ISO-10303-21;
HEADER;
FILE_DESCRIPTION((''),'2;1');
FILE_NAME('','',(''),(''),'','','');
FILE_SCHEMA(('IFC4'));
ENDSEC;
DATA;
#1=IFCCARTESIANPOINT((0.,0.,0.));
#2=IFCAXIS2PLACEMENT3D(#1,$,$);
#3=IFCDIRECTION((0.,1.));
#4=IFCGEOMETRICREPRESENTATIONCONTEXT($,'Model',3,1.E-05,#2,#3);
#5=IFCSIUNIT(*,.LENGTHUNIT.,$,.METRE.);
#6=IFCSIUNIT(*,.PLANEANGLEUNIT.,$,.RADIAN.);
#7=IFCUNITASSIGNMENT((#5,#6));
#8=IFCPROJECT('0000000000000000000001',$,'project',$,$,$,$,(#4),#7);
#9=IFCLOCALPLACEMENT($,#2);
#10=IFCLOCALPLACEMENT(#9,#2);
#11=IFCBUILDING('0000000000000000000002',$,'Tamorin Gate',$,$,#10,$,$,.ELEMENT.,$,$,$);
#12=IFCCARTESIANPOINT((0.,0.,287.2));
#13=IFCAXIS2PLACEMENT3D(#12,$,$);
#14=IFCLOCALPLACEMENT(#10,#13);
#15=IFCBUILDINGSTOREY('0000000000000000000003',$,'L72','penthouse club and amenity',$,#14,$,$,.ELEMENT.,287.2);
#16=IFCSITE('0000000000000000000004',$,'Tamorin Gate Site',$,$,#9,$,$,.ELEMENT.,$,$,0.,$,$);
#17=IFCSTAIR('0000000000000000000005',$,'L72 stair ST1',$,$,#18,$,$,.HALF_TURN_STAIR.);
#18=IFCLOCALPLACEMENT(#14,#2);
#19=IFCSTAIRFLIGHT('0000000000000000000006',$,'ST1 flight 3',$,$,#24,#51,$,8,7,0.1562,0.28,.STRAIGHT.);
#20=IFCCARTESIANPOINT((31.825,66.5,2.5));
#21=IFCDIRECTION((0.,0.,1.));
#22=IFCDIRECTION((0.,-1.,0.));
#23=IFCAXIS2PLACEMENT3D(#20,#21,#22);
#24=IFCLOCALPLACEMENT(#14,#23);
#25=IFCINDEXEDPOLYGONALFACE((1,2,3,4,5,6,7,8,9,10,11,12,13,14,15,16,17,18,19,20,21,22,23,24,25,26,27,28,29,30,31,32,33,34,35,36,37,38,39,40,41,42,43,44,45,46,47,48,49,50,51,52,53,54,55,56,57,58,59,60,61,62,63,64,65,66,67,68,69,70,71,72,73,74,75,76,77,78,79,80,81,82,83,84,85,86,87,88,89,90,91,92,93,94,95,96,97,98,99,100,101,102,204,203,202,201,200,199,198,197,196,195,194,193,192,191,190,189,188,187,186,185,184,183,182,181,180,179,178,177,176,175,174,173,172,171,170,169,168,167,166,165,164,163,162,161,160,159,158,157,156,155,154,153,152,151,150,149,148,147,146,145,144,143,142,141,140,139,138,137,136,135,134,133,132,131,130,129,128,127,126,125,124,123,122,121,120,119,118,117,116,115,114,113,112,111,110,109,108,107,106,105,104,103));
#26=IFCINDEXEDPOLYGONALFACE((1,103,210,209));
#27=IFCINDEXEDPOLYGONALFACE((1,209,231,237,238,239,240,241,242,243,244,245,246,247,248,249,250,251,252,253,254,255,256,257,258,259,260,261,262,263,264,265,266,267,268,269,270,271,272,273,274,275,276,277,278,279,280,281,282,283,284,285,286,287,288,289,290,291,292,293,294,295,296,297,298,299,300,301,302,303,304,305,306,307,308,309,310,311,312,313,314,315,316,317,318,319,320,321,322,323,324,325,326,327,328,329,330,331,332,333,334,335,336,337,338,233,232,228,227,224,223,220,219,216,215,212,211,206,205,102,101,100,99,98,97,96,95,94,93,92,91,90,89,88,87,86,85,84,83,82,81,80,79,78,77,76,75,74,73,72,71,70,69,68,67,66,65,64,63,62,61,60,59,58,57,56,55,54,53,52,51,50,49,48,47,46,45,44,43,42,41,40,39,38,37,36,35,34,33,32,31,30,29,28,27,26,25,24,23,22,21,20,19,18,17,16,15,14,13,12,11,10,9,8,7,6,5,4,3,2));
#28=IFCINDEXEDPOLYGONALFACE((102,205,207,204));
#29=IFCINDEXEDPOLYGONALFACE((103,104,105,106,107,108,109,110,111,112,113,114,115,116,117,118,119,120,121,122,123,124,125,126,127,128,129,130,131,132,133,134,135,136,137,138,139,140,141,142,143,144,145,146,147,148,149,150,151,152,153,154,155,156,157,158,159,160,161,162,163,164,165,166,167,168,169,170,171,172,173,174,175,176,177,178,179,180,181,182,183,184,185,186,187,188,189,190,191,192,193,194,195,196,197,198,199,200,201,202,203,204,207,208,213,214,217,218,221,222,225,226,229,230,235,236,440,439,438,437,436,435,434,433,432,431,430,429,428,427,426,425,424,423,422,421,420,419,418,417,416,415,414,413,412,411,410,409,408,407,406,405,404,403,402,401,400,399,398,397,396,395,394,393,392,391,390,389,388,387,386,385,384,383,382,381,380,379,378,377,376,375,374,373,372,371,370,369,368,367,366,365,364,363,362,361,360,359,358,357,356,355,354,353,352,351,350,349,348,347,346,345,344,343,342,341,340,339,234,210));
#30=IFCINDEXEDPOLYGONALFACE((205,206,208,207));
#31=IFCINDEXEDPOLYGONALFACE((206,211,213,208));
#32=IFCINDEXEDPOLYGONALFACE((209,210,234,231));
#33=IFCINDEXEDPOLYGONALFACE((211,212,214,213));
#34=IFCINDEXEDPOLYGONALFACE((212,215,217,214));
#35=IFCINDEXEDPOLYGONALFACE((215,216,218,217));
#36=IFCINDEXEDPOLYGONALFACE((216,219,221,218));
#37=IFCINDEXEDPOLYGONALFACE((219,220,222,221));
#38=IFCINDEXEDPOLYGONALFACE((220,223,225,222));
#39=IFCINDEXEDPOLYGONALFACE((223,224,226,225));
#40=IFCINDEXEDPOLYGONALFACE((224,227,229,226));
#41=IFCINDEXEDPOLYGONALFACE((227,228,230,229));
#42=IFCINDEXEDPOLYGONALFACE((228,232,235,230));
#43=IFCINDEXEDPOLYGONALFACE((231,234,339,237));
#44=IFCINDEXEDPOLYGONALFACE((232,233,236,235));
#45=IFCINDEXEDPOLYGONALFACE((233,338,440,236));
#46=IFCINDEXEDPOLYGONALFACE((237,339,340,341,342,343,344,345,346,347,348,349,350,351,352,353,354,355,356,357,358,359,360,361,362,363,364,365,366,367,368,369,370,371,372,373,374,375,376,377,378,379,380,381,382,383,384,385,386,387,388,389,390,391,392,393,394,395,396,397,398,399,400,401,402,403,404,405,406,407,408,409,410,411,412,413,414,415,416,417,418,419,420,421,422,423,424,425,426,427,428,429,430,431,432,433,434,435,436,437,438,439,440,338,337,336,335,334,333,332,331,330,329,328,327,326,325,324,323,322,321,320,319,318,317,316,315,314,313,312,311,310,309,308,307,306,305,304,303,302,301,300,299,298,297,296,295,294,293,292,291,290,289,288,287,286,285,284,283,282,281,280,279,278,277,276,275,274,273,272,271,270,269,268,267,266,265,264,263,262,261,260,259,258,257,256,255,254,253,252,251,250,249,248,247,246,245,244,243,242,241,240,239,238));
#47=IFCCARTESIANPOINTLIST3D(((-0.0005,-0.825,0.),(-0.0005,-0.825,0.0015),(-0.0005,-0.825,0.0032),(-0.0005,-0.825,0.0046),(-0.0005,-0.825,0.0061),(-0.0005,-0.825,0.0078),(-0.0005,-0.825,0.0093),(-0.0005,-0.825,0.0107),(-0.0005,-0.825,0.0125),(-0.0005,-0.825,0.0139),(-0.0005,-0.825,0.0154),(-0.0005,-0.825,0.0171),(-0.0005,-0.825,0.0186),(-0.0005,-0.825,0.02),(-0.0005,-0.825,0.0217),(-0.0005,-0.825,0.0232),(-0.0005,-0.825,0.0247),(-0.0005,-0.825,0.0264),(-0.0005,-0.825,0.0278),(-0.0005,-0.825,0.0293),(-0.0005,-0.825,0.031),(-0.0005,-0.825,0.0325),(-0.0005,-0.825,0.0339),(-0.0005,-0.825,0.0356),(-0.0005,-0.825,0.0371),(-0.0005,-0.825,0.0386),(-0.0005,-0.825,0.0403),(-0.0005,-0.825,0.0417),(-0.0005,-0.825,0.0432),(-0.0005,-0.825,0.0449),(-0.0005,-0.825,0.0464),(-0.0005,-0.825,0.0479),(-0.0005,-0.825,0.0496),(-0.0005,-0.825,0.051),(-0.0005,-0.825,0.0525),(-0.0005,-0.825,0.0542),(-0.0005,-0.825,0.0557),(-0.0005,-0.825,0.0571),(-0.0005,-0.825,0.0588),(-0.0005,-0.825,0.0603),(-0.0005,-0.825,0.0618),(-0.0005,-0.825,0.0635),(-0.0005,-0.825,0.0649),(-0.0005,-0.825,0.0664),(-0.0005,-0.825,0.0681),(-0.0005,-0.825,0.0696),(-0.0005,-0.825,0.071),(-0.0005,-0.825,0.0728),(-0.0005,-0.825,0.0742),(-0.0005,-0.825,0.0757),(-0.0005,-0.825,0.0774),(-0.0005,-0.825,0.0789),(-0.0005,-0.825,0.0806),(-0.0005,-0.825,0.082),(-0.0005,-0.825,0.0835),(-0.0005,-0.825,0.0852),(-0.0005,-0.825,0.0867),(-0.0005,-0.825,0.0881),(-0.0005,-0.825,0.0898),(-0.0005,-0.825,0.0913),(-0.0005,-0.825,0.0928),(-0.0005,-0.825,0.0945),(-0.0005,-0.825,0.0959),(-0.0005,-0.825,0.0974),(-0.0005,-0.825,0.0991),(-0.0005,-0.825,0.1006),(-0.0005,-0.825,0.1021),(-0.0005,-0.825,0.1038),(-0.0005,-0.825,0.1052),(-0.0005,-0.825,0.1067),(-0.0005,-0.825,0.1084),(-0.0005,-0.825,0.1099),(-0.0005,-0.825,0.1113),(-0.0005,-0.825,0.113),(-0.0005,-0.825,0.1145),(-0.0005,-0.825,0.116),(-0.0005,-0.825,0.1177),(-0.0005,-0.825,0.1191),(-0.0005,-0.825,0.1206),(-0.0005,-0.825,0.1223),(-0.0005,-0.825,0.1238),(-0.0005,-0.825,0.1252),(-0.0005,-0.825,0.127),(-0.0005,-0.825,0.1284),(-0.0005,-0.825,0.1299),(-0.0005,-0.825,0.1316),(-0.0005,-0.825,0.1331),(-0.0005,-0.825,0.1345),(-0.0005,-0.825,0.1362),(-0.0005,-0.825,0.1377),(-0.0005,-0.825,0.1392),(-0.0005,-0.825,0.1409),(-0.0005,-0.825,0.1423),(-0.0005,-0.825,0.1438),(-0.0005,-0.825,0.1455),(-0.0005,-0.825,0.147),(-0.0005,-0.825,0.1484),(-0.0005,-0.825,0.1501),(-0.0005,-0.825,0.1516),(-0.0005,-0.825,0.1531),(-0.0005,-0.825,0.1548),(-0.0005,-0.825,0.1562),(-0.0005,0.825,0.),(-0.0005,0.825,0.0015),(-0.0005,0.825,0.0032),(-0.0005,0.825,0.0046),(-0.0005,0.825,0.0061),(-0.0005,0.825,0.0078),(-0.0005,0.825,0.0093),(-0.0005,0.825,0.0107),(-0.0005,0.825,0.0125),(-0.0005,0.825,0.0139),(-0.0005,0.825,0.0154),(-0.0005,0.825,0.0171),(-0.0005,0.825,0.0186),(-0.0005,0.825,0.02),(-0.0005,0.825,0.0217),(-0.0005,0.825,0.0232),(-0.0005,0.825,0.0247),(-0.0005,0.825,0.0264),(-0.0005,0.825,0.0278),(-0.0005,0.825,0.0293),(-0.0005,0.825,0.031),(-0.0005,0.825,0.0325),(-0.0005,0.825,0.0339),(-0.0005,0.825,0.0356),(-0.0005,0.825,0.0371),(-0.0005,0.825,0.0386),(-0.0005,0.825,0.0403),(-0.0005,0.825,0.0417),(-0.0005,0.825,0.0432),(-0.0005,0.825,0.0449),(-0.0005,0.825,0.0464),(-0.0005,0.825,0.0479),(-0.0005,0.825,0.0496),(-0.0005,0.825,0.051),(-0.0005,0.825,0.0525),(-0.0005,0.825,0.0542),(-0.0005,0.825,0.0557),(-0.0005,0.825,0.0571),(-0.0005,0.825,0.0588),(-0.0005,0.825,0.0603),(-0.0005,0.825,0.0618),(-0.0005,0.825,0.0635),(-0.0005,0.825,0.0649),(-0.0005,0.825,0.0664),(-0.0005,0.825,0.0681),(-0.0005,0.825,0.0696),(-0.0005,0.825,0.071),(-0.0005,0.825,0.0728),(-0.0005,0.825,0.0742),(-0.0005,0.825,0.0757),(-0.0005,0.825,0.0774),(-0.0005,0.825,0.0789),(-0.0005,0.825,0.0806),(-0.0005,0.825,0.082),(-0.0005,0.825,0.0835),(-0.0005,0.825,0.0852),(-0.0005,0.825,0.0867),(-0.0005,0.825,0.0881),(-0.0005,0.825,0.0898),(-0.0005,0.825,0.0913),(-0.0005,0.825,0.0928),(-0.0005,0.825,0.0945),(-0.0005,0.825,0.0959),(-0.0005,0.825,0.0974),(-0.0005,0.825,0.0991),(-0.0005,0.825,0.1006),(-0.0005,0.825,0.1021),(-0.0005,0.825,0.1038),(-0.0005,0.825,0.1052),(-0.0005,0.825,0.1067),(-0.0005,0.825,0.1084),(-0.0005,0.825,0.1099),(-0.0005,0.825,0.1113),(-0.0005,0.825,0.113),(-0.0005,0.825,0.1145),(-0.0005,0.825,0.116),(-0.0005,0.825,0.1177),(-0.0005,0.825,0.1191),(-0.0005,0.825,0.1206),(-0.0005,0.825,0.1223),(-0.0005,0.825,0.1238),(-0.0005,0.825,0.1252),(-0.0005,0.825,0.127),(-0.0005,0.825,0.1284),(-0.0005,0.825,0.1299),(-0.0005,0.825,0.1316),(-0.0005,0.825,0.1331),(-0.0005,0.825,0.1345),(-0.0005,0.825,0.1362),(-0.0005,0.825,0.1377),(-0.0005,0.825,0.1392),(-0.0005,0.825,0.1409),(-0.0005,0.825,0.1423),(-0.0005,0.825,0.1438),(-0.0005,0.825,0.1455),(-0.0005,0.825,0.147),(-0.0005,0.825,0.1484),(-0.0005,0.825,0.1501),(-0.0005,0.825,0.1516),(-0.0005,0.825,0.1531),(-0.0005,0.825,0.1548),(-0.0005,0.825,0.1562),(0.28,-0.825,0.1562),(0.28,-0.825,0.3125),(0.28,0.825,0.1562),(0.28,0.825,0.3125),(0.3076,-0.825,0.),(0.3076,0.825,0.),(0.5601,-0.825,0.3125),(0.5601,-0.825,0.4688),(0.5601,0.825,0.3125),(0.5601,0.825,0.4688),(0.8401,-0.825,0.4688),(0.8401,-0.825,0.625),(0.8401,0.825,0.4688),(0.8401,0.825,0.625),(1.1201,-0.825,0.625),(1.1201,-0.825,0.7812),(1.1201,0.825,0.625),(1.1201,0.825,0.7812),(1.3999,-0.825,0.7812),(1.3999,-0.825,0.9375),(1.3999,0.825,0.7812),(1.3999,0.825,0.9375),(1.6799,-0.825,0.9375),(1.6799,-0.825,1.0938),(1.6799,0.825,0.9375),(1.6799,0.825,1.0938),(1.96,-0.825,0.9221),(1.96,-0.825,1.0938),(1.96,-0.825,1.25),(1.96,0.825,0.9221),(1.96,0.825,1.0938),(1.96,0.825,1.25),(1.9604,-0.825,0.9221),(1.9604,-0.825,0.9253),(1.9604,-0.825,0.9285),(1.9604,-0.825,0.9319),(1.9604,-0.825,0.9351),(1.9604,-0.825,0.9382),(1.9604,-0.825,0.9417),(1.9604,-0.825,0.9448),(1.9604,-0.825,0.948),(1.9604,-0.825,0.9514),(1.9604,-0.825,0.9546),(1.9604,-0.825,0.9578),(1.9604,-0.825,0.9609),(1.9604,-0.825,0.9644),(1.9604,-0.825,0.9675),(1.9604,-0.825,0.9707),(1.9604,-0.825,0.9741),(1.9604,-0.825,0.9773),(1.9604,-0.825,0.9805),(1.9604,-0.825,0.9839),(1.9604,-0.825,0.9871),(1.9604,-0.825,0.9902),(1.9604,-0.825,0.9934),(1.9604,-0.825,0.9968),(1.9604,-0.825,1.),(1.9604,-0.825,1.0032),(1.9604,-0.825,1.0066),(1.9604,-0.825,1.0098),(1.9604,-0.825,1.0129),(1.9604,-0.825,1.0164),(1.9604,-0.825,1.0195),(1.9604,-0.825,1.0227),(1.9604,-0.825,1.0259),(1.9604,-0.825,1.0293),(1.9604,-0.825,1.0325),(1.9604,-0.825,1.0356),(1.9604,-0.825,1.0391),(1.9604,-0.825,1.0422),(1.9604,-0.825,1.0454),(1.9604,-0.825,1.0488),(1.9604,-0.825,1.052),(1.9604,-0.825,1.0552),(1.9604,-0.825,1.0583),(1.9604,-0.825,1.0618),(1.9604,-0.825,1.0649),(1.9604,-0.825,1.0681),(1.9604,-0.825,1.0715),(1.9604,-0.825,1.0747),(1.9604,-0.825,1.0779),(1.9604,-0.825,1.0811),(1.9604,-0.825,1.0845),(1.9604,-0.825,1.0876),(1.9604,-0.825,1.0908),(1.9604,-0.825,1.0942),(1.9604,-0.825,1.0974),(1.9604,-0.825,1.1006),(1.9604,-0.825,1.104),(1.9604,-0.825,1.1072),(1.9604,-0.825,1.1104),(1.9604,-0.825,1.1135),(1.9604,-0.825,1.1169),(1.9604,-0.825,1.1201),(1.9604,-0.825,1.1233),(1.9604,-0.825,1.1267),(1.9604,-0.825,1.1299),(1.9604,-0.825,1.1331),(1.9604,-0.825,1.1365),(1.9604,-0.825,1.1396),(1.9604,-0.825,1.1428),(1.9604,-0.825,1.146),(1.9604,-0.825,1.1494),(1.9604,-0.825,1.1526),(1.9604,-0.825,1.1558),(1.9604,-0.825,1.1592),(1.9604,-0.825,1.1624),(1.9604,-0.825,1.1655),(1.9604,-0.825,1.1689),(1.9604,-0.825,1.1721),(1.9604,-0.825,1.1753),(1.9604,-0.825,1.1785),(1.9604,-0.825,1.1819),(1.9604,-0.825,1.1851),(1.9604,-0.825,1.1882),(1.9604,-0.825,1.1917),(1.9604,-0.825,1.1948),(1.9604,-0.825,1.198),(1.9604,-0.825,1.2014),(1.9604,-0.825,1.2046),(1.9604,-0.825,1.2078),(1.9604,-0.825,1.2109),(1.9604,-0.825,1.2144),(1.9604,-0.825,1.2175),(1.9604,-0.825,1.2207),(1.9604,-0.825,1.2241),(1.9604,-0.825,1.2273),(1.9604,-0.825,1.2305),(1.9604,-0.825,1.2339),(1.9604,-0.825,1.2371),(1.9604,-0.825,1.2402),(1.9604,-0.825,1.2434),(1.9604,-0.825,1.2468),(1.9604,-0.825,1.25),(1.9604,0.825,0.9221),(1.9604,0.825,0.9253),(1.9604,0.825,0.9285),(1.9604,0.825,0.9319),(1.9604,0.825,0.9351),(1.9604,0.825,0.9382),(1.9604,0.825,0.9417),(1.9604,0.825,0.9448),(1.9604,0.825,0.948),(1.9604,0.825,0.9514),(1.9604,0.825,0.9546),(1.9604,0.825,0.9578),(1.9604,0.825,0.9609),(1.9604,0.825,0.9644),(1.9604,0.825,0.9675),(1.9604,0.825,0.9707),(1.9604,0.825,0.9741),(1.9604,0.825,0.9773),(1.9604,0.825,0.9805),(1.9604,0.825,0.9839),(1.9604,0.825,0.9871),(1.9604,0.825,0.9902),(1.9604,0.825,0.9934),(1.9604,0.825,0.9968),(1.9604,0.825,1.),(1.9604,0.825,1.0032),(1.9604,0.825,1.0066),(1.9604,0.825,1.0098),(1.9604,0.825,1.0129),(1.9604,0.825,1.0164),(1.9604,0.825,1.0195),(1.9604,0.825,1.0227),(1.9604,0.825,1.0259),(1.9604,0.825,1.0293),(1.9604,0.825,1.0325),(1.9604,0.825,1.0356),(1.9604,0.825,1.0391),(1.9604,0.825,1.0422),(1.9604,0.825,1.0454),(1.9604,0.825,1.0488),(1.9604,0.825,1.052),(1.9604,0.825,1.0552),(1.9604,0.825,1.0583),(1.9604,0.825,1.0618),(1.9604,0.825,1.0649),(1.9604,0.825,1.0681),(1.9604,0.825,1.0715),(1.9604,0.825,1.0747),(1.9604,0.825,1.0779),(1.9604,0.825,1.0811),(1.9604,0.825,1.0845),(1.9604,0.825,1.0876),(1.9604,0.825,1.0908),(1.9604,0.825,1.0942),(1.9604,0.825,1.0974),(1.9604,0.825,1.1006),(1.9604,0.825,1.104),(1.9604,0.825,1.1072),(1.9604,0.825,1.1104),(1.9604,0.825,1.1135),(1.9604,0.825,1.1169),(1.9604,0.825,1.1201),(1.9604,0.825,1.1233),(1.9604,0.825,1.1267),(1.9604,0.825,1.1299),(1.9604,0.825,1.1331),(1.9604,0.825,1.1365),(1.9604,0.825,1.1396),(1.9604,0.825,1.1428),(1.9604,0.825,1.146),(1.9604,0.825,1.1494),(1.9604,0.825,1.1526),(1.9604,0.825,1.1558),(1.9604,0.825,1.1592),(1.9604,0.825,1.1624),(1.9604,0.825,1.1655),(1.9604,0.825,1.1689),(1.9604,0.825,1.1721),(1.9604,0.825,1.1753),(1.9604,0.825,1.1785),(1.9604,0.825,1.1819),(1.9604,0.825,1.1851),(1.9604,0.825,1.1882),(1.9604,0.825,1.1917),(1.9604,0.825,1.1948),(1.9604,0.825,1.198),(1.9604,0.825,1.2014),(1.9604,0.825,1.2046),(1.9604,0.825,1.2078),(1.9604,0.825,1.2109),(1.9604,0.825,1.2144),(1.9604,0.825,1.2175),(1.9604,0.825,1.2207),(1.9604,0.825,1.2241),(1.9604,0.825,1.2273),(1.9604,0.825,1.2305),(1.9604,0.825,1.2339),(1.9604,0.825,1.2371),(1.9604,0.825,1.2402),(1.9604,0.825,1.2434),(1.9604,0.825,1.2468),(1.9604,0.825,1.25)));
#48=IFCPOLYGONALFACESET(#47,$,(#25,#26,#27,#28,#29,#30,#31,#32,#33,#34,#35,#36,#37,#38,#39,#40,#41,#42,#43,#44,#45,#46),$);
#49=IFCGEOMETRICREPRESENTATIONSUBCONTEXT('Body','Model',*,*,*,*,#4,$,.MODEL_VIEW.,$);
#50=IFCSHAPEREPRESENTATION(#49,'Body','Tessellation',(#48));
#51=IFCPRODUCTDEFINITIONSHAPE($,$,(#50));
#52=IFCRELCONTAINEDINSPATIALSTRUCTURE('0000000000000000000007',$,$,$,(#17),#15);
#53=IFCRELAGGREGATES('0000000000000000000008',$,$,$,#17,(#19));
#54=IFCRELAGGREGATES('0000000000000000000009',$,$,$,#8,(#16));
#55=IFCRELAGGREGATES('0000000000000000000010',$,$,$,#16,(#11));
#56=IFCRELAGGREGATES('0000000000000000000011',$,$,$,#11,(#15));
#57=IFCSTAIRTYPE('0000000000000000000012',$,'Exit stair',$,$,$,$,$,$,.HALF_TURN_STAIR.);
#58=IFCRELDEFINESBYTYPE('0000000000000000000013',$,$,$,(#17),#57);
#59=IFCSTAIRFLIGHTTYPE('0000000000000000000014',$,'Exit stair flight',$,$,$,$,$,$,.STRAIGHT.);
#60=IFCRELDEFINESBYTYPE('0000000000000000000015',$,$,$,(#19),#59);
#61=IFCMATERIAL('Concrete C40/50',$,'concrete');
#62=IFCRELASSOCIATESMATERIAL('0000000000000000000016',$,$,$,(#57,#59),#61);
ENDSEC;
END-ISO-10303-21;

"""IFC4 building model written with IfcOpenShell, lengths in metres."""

from ifc_helpers import new_model, si_unit, direction, frame, origin, place, context, subcontext, project, spatial, polyline, outline, extrude, material, type_object, element, aggregate, save


model = new_model("IFC4")

# Units and contexts
model_context = context("Model", 3, precision=1e-05, world=origin(), true_north=direction((0.0, 1.0)))
body_context = subcontext(model_context, "Body", "Model", "MODEL_VIEW")
ifc_project = project(units=[si_unit("LENGTHUNIT", "METRE"), si_unit("PLANEANGLEUNIT", "RADIAN")], contexts=[model_context])

# Site, building, storey
site_placement = place(None, origin())
site = spatial("IfcSite", under=ifc_project, at=site_placement, Name="Tamorin Gate Site", CompositionType="ELEMENT", RefElevation=0.0)
building_placement = place(site_placement, origin())
building = spatial("IfcBuilding", under=site, at=building_placement, Name="Tamorin Gate", CompositionType="ELEMENT")
storey_placement = place(building_placement, frame((0.0, 0.0, 287.2)))
storey = spatial("IfcBuildingStorey", under=building, at=storey_placement, Name="L72", Description="penthouse club and amenity", CompositionType="ELEMENT", Elevation=287.2)

# Stair, stair flight
ifc_material_1 = material(Name="Concrete C40/50", Category="concrete")
stair_type = type_object("IfcStairType", Name="Exit stair", PredefinedType="HALF_TURN_STAIR", material=ifc_material_1)
stair_placement = place(storey_placement, origin())
stair = element("IfcStair", 1, at=stair_placement, inside=storey, type_object=stair_type, Name="L72 stair ST1", PredefinedType="HALF_TURN_STAIR")
stair_flight_type = type_object("IfcStairFlightType", Name="Exit stair flight", PredefinedType="STRAIGHT", material=ifc_material_1)
stair_flight_1_placement = place(storey_placement, frame((31.825, 66.5, 2.5), z_axis=(0.0, 0.0, 1.0), x_axis=(0.0, -1.0, 0.0)))
stair_flight_1 = element("IfcStairFlight", 2, at=stair_flight_1_placement, type_object=stair_flight_type, Name="ST1 flight 3", NumberOfRisers=8, NumberOfTreads=7, PredefinedType="STRAIGHT", RiserHeight=0.1562, TreadLength=0.28, context=body_context, shape_type="SweptSolid", body=[
    extrude(outline(polyline([(-0.0005, 0.0), (-0.0005, 0.0015), (-0.0005, 0.0032), (-0.0005, 0.0046), (-0.0005, 0.0061), (-0.0005, 0.0078), (-0.0005, 0.0093), (-0.0005, 0.0107), (-0.0005, 0.0125), (-0.0005, 0.0139), (-0.0005, 0.0154), (-0.0005, 0.0171), (-0.0005, 0.0186), (-0.0005, 0.02), (-0.0005, 0.0217), (-0.0005, 0.0232), (-0.0005, 0.0247), (-0.0005, 0.0264), (-0.0005, 0.0278), (-0.0005, 0.0293), (-0.0005, 0.031), (-0.0005, 0.0325), (-0.0005, 0.0339), (-0.0005, 0.0356), (-0.0005, 0.0371), (-0.0005, 0.0386), (-0.0005, 0.0403), (-0.0005, 0.0417), (-0.0005, 0.0432), (-0.0005, 0.0449), (-0.0005, 0.0464), (-0.0005, 0.0479), (-0.0005, 0.0496), (-0.0005, 0.051), (-0.0005, 0.0525), (-0.0005, 0.0542), (-0.0005, 0.0557), (-0.0005, 0.0571), (-0.0005, 0.0588), (-0.0005, 0.0603), (-0.0005, 0.0618), (-0.0005, 0.0635), (-0.0005, 0.0649), (-0.0005, 0.0664), (-0.0005, 0.0681), (-0.0005, 0.0696), (-0.0005, 0.071), (-0.0005, 0.0728), (-0.0005, 0.0742), (-0.0005, 0.0757), (-0.0005, 0.0774), (-0.0005, 0.0789), (-0.0005, 0.0806), (-0.0005, 0.082), (-0.0005, 0.0835), (-0.0005, 0.0852), (-0.0005, 0.0867), (-0.0005, 0.0881), (-0.0005, 0.0898), (-0.0005, 0.0913), (-0.0005, 0.0928), (-0.0005, 0.0945), (-0.0005, 0.0959), (-0.0005, 0.0974), (-0.0005, 0.0991), (-0.0005, 0.1006), (-0.0005, 0.1021), (-0.0005, 0.1038), (-0.0005, 0.1052), (-0.0005, 0.1067), (-0.0005, 0.1084), (-0.0005, 0.1099), (-0.0005, 0.1113), (-0.0005, 0.113), (-0.0005, 0.1145), (-0.0005, 0.116), (-0.0005, 0.1177), (-0.0005, 0.1191), (-0.0005, 0.1206), (-0.0005, 0.1223), (-0.0005, 0.1238), (-0.0005, 0.1252), (-0.0005, 0.127), (-0.0005, 0.1284), (-0.0005, 0.1299), (-0.0005, 0.1316), (-0.0005, 0.1331), (-0.0005, 0.1345), (-0.0005, 0.1362), (-0.0005, 0.1377), (-0.0005, 0.1392), (-0.0005, 0.1409), (-0.0005, 0.1423), (-0.0005, 0.1438), (-0.0005, 0.1455), (-0.0005, 0.147), (-0.0005, 0.1484), (-0.0005, 0.1501), (-0.0005, 0.1516), (-0.0005, 0.1531), (-0.0005, 0.1548), (-0.0005, 0.1562), (0.28, 0.1562), (0.28, 0.3125), (0.5601, 0.3125), (0.5601, 0.4688), (0.8401, 0.4688), (0.8401, 0.625), (1.1201, 0.625), (1.1201, 0.7812), (1.3999, 0.7812), (1.3999, 0.9375), (1.6799, 0.9375), (1.6799, 1.0938), (1.96, 1.0938), (1.96, 1.25), (1.9604, 1.25), (1.9604, 1.2468), (1.9604, 1.2434), (1.9604, 1.2402), (1.9604, 1.2371), (1.9604, 1.2339), (1.9604, 1.2305), (1.9604, 1.2273), (1.9604, 1.2241), (1.9604, 1.2207), (1.9604, 1.2175), (1.9604, 1.2144), (1.9604, 1.2109), (1.9604, 1.2078), (1.9604, 1.2046), (1.9604, 1.2014), (1.9604, 1.198), (1.9604, 1.1948), (1.9604, 1.1917), (1.9604, 1.1882), (1.9604, 1.1851), (1.9604, 1.1819), (1.9604, 1.1785), (1.9604, 1.1753), (1.9604, 1.1721), (1.9604, 1.1689), (1.9604, 1.1655), (1.9604, 1.1624), (1.9604, 1.1592), (1.9604, 1.1558), (1.9604, 1.1526), (1.9604, 1.1494), (1.9604, 1.146), (1.9604, 1.1428), (1.9604, 1.1396), (1.9604, 1.1365), (1.9604, 1.1331), (1.9604, 1.1299), (1.9604, 1.1267), (1.9604, 1.1233), (1.9604, 1.1201), (1.9604, 1.1169), (1.9604, 1.1135), (1.9604, 1.1104), (1.9604, 1.1072), (1.9604, 1.104), (1.9604, 1.1006), (1.9604, 1.0974), (1.9604, 1.0942), (1.9604, 1.0908), (1.9604, 1.0876), (1.9604, 1.0845), (1.9604, 1.0811), (1.9604, 1.0779), (1.9604, 1.0747), (1.9604, 1.0715), (1.9604, 1.0681), (1.9604, 1.0649), (1.9604, 1.0618), (1.9604, 1.0583), (1.9604, 1.0552), (1.9604, 1.052), (1.9604, 1.0488), (1.9604, 1.0454), (1.9604, 1.0422), (1.9604, 1.0391), (1.9604, 1.0356), (1.9604, 1.0325), (1.9604, 1.0293), (1.9604, 1.0259), (1.9604, 1.0227), (1.9604, 1.0195), (1.9604, 1.0164), (1.9604, 1.0129), (1.9604, 1.0098), (1.9604, 1.0066), (1.9604, 1.0032), (1.9604, 1.0), (1.9604, 0.9968), (1.9604, 0.9934), (1.9604, 0.9902), (1.9604, 0.9871), (1.9604, 0.9839), (1.9604, 0.9805), (1.9604, 0.9773), (1.9604, 0.9741), (1.9604, 0.9707), (1.9604, 0.9675), (1.9604, 0.9644), (1.9604, 0.9609), (1.9604, 0.9578), (1.9604, 0.9546), (1.9604, 0.9514), (1.9604, 0.948), (1.9604, 0.9448), (1.9604, 0.9417), (1.9604, 0.9382), (1.9604, 0.9351), (1.9604, 0.9319), (1.9604, 0.9285), (1.9604, 0.9253), (1.9604, 0.9221), (1.96, 0.9221), (0.3076, 0.0), (-0.0005, 0.0)])), frame((0.0, 0.825, 0.0), z_axis=(0.0, -1.0, 0.0), x_axis=(1.0, 0.0, 0.0)), (0.0, 0.0, 1.0), 1.6499),
])
aggregate(stair, [stair_flight_1])

save(model, "model.ifc")
